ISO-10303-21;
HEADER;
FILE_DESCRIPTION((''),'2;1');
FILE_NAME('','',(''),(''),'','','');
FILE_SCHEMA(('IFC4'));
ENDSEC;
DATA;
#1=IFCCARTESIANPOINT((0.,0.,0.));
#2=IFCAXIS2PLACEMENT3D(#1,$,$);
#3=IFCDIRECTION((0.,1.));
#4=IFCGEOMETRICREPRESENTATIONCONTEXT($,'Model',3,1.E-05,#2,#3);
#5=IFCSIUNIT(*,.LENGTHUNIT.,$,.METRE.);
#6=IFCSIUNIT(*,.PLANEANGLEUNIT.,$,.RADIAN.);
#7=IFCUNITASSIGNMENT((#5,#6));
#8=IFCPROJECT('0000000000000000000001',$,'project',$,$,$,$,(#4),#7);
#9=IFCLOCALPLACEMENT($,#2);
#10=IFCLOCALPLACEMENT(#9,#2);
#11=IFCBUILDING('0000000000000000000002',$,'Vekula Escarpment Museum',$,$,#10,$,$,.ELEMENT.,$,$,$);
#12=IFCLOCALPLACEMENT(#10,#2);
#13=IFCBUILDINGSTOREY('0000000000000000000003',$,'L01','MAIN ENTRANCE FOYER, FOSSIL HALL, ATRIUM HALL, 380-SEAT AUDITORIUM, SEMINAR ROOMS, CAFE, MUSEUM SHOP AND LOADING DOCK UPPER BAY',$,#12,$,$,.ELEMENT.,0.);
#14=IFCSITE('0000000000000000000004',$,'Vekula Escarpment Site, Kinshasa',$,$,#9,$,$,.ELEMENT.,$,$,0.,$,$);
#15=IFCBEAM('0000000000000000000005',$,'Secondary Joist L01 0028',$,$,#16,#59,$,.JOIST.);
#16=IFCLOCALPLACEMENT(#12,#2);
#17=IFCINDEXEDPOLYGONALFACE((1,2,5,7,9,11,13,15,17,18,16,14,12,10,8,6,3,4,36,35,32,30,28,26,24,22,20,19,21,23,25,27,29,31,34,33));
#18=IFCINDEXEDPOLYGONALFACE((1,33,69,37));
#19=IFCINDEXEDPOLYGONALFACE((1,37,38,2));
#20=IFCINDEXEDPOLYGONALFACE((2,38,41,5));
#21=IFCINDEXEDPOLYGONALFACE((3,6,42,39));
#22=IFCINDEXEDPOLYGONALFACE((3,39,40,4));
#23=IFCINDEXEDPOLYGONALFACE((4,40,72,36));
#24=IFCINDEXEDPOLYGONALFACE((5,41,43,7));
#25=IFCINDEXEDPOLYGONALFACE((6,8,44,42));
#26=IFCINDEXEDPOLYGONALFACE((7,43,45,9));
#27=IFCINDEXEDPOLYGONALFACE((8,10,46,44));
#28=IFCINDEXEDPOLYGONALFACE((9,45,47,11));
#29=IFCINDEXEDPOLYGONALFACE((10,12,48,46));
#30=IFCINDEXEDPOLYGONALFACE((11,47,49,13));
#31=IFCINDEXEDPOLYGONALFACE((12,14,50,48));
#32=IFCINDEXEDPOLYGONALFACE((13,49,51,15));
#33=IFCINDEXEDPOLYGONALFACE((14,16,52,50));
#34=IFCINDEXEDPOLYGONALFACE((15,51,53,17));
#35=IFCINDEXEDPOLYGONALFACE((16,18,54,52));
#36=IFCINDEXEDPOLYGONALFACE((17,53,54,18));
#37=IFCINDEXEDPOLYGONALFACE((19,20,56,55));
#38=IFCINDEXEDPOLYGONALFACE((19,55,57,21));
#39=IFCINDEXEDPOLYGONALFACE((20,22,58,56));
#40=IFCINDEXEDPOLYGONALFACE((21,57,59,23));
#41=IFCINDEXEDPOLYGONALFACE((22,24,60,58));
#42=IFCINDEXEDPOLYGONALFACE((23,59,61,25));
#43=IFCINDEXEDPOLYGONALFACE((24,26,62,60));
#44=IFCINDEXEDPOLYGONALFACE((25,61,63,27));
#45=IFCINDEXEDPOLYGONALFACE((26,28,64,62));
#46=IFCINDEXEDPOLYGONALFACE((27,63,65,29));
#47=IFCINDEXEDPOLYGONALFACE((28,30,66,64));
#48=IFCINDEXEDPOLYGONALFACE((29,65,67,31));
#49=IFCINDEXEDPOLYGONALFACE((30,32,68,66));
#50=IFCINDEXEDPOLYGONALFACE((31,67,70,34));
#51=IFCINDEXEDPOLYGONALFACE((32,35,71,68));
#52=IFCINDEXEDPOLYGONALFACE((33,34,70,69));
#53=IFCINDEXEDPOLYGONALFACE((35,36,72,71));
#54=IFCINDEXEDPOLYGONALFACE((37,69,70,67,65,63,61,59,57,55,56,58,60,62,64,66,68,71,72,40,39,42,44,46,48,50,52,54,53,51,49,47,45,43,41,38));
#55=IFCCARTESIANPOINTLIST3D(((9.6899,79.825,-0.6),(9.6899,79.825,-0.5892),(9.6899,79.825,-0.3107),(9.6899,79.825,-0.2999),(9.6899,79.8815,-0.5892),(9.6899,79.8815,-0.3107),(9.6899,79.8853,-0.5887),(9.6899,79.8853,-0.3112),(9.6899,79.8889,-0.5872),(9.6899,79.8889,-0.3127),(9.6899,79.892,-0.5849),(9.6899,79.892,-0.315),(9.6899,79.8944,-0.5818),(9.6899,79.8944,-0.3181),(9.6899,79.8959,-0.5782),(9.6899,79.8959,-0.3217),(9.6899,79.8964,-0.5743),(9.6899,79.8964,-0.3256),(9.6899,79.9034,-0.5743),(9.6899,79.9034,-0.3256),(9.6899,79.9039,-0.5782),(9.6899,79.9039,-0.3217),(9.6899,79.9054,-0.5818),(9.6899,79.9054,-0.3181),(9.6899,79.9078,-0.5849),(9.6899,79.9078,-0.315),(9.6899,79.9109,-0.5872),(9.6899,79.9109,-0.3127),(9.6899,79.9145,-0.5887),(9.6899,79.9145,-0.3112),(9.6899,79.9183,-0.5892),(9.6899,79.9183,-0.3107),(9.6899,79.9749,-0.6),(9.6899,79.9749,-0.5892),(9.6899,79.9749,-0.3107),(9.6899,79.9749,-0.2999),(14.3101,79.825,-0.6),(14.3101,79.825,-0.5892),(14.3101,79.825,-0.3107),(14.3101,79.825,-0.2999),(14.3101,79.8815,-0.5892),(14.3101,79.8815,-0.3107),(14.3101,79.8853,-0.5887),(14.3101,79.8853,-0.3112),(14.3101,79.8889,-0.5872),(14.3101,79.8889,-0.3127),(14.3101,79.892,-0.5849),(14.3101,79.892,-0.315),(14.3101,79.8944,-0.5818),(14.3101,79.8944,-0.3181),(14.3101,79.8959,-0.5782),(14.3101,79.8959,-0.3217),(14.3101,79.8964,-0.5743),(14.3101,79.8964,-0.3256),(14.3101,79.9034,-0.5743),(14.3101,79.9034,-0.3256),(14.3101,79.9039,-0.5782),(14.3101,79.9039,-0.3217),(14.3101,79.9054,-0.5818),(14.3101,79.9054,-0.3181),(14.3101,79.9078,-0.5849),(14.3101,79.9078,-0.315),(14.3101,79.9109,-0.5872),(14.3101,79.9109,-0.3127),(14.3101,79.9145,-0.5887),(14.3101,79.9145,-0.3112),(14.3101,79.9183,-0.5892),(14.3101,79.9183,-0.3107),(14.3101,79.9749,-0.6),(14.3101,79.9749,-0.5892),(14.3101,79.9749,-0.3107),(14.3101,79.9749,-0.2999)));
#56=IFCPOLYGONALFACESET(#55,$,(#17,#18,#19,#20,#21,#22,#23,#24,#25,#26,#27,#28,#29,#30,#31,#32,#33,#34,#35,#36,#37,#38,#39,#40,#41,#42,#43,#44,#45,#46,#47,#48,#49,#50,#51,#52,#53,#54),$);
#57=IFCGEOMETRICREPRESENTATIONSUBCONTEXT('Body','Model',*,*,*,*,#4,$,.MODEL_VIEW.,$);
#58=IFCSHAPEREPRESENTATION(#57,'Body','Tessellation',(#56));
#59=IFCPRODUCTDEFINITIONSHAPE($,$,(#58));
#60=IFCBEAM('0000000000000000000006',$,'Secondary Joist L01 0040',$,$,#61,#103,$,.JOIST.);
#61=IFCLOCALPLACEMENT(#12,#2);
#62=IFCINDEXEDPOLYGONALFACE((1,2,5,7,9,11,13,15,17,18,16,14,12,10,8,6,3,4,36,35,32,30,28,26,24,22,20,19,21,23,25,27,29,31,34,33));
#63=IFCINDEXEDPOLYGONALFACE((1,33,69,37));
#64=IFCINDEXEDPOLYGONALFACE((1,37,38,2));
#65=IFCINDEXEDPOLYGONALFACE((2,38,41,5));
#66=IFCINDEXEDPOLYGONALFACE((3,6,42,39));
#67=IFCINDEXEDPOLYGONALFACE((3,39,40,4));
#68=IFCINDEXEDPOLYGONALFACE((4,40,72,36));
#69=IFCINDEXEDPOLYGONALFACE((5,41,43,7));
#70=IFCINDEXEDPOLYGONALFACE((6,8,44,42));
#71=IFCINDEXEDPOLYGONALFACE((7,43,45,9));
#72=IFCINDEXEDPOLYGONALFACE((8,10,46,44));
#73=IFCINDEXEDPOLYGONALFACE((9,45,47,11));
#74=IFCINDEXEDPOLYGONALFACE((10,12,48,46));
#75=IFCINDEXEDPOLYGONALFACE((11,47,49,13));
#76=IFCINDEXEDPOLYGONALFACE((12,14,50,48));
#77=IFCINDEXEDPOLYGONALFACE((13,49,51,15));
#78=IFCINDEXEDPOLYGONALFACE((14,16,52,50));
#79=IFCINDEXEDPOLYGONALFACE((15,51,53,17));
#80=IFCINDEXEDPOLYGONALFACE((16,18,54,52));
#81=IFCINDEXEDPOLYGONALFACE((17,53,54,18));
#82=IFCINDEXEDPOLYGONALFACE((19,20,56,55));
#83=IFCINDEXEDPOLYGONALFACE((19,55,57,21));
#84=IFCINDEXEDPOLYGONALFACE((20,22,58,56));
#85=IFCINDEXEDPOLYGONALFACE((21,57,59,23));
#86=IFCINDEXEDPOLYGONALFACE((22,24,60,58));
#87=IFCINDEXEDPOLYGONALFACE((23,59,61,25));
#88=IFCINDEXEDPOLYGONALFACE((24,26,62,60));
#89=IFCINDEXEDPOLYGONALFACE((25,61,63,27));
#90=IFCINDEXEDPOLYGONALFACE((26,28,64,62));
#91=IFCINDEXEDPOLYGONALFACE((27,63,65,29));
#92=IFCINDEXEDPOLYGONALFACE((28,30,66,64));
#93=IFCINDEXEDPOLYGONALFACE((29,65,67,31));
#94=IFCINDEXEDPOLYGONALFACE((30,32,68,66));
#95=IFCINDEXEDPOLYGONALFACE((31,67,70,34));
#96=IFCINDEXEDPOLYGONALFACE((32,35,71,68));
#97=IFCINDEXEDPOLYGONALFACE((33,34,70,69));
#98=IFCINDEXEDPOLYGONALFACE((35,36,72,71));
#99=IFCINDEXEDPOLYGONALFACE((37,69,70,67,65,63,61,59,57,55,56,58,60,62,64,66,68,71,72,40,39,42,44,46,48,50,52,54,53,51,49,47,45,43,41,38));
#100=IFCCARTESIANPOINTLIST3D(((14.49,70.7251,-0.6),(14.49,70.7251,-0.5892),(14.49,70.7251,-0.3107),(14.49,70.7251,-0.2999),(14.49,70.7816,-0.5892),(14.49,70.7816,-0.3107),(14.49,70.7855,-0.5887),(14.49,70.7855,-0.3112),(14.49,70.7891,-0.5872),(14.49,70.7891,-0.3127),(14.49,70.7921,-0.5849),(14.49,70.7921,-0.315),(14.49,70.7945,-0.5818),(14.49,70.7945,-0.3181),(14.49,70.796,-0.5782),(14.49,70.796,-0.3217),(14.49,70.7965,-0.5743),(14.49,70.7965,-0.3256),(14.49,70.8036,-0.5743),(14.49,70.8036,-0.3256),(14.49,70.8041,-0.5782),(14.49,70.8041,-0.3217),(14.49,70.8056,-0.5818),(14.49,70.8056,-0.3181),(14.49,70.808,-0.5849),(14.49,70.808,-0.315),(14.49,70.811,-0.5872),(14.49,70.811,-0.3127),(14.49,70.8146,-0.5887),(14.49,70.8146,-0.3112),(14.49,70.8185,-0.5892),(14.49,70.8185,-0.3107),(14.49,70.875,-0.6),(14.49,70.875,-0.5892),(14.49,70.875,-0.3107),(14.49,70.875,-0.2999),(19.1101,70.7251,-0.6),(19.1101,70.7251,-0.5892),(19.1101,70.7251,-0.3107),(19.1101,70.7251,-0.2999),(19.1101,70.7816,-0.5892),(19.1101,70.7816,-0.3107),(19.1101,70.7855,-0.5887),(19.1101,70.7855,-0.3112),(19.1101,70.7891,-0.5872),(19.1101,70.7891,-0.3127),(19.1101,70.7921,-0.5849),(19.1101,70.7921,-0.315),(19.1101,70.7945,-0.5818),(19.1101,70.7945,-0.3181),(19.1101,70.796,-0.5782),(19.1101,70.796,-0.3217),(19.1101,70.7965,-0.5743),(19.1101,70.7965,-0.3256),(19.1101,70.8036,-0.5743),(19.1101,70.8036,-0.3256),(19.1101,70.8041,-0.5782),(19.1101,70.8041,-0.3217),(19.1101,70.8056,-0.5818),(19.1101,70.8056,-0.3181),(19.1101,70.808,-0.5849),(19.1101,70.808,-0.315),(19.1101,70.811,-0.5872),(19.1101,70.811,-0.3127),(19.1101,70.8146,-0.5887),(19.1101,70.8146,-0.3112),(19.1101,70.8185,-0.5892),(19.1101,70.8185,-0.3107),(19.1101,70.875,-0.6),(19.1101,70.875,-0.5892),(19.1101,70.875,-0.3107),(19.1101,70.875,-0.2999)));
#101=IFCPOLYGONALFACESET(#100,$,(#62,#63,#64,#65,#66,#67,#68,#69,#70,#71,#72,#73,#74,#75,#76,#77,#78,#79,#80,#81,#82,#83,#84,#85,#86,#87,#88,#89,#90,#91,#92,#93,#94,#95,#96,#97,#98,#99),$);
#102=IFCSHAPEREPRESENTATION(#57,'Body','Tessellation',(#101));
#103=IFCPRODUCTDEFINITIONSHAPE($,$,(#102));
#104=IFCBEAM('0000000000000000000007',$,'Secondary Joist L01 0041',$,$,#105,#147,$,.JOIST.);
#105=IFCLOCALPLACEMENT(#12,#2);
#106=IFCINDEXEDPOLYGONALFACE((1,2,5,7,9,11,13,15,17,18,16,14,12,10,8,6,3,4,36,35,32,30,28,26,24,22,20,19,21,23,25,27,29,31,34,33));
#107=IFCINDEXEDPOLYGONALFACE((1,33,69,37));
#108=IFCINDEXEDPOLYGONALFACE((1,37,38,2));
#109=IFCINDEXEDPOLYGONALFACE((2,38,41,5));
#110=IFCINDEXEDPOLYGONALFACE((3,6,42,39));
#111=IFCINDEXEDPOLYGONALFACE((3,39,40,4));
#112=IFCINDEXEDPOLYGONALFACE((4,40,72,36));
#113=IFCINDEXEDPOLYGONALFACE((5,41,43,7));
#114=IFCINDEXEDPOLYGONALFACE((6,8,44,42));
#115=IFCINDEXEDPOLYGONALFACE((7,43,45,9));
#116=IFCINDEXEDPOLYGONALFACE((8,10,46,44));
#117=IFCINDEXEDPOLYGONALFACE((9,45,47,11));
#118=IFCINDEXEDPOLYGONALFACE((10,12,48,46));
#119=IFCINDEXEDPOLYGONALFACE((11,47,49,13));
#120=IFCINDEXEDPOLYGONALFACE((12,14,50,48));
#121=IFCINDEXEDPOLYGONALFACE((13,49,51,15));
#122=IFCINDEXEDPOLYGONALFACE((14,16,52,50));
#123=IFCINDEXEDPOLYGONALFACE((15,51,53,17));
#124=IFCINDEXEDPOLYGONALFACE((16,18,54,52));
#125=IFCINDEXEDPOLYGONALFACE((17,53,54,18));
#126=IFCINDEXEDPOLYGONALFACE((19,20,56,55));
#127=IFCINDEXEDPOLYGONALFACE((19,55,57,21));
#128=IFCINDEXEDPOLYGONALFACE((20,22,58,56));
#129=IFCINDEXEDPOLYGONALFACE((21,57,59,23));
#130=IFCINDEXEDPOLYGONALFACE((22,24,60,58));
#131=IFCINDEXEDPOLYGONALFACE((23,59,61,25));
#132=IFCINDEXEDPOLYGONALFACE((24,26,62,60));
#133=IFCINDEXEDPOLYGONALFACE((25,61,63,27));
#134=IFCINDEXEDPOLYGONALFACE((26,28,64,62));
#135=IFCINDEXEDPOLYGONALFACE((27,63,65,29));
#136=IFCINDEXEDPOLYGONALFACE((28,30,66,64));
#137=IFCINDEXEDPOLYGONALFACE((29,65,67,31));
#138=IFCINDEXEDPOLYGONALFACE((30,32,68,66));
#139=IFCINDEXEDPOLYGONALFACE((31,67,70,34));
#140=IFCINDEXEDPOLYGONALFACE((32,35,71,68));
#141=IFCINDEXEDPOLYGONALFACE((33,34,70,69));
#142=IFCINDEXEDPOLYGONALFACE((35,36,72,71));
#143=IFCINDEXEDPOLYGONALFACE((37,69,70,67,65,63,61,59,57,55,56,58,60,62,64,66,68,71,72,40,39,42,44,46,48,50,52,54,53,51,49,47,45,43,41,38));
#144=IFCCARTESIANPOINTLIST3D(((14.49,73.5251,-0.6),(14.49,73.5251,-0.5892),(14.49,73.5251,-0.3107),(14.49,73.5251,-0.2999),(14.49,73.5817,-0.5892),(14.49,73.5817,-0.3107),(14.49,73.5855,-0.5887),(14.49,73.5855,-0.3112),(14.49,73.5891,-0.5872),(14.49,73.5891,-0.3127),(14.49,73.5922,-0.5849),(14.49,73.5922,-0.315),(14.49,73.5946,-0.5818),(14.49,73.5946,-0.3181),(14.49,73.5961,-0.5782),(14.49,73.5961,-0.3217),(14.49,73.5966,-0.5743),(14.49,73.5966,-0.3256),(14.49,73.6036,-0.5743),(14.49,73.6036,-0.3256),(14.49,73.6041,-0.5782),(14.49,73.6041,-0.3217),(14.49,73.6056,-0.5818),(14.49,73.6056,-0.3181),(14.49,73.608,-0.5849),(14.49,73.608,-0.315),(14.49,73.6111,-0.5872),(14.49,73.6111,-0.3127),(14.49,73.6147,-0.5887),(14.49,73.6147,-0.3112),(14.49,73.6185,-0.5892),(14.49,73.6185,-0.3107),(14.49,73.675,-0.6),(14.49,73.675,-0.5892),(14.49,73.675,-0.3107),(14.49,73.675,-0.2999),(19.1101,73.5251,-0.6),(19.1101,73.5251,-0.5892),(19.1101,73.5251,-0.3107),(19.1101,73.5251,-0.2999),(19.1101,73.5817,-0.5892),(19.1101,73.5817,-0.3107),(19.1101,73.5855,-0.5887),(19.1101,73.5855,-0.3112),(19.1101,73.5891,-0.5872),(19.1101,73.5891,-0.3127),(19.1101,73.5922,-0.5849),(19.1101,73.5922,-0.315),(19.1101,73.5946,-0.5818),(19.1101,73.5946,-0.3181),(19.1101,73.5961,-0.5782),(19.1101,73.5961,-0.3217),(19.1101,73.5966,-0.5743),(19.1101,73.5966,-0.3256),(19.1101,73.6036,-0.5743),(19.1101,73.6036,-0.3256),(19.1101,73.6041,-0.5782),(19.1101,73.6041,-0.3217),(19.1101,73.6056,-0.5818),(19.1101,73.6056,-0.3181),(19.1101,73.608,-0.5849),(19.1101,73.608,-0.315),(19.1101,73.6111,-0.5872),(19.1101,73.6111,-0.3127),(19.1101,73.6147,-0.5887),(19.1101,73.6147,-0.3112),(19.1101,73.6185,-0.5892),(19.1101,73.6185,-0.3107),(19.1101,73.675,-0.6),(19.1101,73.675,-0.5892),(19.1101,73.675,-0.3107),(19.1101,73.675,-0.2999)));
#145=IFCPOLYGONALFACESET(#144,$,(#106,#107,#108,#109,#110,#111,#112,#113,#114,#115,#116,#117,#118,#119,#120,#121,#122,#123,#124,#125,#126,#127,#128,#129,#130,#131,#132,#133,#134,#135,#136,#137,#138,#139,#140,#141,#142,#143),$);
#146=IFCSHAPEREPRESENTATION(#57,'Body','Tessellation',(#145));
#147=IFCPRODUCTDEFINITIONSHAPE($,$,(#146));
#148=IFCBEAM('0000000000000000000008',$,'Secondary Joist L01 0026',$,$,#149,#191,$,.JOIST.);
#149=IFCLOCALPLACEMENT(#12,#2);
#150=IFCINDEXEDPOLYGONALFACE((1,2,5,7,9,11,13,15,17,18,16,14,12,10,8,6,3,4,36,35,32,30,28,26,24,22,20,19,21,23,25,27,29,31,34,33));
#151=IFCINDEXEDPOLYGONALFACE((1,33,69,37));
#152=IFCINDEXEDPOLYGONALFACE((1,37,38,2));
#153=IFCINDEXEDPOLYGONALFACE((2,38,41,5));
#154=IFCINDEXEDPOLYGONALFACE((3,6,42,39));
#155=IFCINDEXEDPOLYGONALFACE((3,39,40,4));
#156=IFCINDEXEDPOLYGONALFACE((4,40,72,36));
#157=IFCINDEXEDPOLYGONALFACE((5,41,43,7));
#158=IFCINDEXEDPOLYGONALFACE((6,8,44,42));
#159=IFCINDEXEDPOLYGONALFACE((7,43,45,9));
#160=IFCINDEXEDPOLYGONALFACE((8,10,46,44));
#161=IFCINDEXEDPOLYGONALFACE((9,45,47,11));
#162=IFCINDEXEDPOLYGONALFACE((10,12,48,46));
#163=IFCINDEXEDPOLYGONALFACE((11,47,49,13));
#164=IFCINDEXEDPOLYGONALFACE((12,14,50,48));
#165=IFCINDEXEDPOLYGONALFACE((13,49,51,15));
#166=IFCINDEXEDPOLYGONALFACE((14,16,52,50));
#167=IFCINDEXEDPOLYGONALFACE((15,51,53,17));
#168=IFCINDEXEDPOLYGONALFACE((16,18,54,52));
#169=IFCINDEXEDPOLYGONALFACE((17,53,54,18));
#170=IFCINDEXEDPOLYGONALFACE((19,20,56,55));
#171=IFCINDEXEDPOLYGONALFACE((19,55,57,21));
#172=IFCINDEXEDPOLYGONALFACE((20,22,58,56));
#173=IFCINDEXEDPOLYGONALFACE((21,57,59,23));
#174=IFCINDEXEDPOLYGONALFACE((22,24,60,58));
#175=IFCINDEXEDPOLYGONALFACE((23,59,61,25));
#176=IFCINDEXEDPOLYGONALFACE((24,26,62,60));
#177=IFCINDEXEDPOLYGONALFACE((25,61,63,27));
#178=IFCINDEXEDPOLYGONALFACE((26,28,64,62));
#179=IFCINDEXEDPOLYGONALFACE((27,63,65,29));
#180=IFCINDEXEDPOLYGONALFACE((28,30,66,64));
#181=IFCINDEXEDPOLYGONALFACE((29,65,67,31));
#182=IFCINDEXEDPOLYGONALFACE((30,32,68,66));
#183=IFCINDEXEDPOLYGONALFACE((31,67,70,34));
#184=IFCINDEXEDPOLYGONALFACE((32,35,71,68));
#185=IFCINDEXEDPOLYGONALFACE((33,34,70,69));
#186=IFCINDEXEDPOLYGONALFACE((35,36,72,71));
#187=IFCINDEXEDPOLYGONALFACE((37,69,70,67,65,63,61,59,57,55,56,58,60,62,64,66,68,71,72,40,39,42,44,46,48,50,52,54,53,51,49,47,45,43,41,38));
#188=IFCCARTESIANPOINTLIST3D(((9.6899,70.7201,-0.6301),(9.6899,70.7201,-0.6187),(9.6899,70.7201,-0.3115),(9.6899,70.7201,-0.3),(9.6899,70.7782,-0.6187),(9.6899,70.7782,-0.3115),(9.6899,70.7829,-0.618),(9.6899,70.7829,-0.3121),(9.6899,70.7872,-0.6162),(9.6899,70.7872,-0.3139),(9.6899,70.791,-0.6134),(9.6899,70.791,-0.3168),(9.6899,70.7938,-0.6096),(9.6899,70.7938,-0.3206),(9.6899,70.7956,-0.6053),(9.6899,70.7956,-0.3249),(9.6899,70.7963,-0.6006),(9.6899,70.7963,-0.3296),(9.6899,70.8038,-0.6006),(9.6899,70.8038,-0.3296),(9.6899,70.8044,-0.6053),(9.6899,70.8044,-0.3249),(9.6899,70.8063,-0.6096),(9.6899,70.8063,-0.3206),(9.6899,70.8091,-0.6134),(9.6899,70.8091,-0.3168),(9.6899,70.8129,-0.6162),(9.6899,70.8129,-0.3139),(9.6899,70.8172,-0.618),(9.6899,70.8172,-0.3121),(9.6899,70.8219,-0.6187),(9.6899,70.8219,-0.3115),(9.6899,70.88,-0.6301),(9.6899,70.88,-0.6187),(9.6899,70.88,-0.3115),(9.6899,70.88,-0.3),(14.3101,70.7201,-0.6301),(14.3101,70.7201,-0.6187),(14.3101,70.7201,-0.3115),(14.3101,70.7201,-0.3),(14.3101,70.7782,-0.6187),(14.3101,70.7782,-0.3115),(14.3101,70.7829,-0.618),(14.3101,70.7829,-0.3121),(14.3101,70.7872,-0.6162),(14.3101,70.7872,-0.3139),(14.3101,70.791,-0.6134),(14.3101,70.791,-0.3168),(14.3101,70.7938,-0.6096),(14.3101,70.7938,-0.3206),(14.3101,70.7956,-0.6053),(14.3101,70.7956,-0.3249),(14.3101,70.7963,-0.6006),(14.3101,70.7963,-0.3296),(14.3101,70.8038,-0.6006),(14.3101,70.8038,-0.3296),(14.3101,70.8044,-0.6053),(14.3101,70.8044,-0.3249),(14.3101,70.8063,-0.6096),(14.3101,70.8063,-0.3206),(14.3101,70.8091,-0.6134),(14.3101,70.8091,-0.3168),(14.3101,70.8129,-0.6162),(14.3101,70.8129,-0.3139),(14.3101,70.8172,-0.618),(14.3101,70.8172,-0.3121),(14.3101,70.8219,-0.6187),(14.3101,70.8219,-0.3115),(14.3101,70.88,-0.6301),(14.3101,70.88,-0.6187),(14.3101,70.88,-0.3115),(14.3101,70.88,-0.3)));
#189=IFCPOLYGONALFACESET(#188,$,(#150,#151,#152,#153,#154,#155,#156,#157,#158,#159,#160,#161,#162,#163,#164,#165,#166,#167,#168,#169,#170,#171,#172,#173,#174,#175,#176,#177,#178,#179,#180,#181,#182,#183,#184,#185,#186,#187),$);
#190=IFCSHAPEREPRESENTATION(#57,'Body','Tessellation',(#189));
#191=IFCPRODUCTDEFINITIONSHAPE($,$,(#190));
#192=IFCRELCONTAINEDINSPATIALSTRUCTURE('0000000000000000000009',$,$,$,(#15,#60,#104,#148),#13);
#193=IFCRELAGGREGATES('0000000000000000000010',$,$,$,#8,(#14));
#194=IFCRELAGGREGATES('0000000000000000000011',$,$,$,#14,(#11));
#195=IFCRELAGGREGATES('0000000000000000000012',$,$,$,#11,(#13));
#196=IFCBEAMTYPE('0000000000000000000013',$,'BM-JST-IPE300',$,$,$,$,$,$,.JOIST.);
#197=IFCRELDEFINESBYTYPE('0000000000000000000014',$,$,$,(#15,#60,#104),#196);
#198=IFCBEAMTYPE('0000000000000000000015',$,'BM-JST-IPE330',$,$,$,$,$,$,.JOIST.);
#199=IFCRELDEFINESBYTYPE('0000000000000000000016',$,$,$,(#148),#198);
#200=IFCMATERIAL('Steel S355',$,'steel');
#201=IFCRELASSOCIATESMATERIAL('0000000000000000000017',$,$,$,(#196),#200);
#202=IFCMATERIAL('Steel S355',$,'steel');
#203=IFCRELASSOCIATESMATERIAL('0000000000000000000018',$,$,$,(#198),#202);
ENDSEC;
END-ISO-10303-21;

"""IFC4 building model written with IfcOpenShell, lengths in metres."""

from ifc_helpers import new_model, si_unit, direction, frame, origin, origin_2d, place, context, subcontext, project, spatial, i_section, extrude, material, material_profile, profile_set, type_object, element, save


model = new_model("IFC4")

# Units and contexts
model_context = context("Model", 3, precision=1e-05, world=origin(), true_north=direction((0.0, 1.0)))
body_context = subcontext(model_context, "Body", "Model", "MODEL_VIEW")
ifc_project = project(units=[si_unit("LENGTHUNIT", "METRE"), si_unit("PLANEANGLEUNIT", "RADIAN")], contexts=[model_context])

# Site, building, storey
site_placement = place(None, origin())
site = spatial("IfcSite", under=ifc_project, at=site_placement, Name="Vekula Escarpment Site, Kinshasa", CompositionType="ELEMENT", RefElevation=0.0)
building_placement = place(site_placement, origin())
building = spatial("IfcBuilding", under=site, at=building_placement, Name="Vekula Escarpment Museum", CompositionType="ELEMENT")
storey_placement = place(building_placement, origin())
storey = spatial("IfcBuildingStorey", under=building, at=storey_placement, Name="L01", Description="MAIN ENTRANCE FOYER, FOSSIL HALL, ATRIUM HALL, 380-SEAT AUDITORIUM, SEMINAR ROOMS, CAFE, MUSEUM SHOP AND LOADING DOCK UPPER BAY", CompositionType="ELEMENT", Elevation=0.0)

# Beams
ifc_material_1 = material(Name="Steel S355", Category="steel")
ifc_material_profile_1 = material_profile(ifc_material_1, i_section(OverallWidth=0.1499, OverallDepth=0.3, WebThickness=0.0071, FlangeThickness=0.0107, FilletRadius=0.0149, at=origin_2d()), Name="IPE 300")
ifc_profile_set_1 = profile_set([ifc_material_profile_1], Name="Steel S355")
beam_type_1 = type_object("IfcBeamType", Name="BM-JST-IPE300", PredefinedType="JOIST", material=ifc_profile_set_1)
for number, where, z_axis, x_axis, name in (
    (1, (9.6899, 79.8999, -0.45), (1.0, 0.0, 0.0), (0.0, 1.0, 0.0), "Secondary Joist L01 0028"),
    (2, (14.49, 70.8, -0.45), (1.0, 0.0, 0.0), (0.0, 1.0, 0.0), "Secondary Joist L01 0040"),
    (3, (14.49, 73.6001, -0.45), (1.0, 0.0, 0.0), (0.0, 1.0, 0.0), "Secondary Joist L01 0041"),
):
    element("IfcBeam", number, at=place(storey_placement, frame(where, z_axis=z_axis, x_axis=x_axis)), inside=storey, type_object=beam_type_1, Name=name, PredefinedType="JOIST", context=body_context, shape_type="SweptSolid", body=[
        extrude(i_section(OverallWidth=0.1499, OverallDepth=0.3, WebThickness=0.0071, FlangeThickness=0.0107, FilletRadius=0.0149, at=origin_2d()), origin(), (0.0, 0.0, 1.0), 4.6201),
    ])
ifc_material_2 = material(Name="Steel S355", Category="steel")
ifc_material_profile_2 = material_profile(ifc_material_2, i_section(OverallWidth=0.1599, OverallDepth=0.3301, WebThickness=0.0076, FlangeThickness=0.0115, FilletRadius=0.0181, at=origin_2d()), Name="IPE 330")
ifc_profile_set_2 = profile_set([ifc_material_profile_2], Name="Steel S355")
beam_type_2 = type_object("IfcBeamType", Name="BM-JST-IPE330", PredefinedType="JOIST", material=ifc_profile_set_2)
for number, where, z_axis, x_axis, name in (
    (4, (9.6899, 70.8, -0.4651), (1.0, 0.0, 0.0), (0.0, 1.0, 0.0), "Secondary Joist L01 0026"),
):
    element("IfcBeam", number, at=place(storey_placement, frame(where, z_axis=z_axis, x_axis=x_axis)), inside=storey, type_object=beam_type_2, Name=name, PredefinedType="JOIST", context=body_context, shape_type="SweptSolid", body=[
        extrude(i_section(OverallWidth=0.1599, OverallDepth=0.3301, WebThickness=0.0076, FlangeThickness=0.0115, FilletRadius=0.0181, at=origin_2d()), origin(), (0.0, 0.0, 1.0), 4.6201),
    ])

save(model, "model.ifc")
